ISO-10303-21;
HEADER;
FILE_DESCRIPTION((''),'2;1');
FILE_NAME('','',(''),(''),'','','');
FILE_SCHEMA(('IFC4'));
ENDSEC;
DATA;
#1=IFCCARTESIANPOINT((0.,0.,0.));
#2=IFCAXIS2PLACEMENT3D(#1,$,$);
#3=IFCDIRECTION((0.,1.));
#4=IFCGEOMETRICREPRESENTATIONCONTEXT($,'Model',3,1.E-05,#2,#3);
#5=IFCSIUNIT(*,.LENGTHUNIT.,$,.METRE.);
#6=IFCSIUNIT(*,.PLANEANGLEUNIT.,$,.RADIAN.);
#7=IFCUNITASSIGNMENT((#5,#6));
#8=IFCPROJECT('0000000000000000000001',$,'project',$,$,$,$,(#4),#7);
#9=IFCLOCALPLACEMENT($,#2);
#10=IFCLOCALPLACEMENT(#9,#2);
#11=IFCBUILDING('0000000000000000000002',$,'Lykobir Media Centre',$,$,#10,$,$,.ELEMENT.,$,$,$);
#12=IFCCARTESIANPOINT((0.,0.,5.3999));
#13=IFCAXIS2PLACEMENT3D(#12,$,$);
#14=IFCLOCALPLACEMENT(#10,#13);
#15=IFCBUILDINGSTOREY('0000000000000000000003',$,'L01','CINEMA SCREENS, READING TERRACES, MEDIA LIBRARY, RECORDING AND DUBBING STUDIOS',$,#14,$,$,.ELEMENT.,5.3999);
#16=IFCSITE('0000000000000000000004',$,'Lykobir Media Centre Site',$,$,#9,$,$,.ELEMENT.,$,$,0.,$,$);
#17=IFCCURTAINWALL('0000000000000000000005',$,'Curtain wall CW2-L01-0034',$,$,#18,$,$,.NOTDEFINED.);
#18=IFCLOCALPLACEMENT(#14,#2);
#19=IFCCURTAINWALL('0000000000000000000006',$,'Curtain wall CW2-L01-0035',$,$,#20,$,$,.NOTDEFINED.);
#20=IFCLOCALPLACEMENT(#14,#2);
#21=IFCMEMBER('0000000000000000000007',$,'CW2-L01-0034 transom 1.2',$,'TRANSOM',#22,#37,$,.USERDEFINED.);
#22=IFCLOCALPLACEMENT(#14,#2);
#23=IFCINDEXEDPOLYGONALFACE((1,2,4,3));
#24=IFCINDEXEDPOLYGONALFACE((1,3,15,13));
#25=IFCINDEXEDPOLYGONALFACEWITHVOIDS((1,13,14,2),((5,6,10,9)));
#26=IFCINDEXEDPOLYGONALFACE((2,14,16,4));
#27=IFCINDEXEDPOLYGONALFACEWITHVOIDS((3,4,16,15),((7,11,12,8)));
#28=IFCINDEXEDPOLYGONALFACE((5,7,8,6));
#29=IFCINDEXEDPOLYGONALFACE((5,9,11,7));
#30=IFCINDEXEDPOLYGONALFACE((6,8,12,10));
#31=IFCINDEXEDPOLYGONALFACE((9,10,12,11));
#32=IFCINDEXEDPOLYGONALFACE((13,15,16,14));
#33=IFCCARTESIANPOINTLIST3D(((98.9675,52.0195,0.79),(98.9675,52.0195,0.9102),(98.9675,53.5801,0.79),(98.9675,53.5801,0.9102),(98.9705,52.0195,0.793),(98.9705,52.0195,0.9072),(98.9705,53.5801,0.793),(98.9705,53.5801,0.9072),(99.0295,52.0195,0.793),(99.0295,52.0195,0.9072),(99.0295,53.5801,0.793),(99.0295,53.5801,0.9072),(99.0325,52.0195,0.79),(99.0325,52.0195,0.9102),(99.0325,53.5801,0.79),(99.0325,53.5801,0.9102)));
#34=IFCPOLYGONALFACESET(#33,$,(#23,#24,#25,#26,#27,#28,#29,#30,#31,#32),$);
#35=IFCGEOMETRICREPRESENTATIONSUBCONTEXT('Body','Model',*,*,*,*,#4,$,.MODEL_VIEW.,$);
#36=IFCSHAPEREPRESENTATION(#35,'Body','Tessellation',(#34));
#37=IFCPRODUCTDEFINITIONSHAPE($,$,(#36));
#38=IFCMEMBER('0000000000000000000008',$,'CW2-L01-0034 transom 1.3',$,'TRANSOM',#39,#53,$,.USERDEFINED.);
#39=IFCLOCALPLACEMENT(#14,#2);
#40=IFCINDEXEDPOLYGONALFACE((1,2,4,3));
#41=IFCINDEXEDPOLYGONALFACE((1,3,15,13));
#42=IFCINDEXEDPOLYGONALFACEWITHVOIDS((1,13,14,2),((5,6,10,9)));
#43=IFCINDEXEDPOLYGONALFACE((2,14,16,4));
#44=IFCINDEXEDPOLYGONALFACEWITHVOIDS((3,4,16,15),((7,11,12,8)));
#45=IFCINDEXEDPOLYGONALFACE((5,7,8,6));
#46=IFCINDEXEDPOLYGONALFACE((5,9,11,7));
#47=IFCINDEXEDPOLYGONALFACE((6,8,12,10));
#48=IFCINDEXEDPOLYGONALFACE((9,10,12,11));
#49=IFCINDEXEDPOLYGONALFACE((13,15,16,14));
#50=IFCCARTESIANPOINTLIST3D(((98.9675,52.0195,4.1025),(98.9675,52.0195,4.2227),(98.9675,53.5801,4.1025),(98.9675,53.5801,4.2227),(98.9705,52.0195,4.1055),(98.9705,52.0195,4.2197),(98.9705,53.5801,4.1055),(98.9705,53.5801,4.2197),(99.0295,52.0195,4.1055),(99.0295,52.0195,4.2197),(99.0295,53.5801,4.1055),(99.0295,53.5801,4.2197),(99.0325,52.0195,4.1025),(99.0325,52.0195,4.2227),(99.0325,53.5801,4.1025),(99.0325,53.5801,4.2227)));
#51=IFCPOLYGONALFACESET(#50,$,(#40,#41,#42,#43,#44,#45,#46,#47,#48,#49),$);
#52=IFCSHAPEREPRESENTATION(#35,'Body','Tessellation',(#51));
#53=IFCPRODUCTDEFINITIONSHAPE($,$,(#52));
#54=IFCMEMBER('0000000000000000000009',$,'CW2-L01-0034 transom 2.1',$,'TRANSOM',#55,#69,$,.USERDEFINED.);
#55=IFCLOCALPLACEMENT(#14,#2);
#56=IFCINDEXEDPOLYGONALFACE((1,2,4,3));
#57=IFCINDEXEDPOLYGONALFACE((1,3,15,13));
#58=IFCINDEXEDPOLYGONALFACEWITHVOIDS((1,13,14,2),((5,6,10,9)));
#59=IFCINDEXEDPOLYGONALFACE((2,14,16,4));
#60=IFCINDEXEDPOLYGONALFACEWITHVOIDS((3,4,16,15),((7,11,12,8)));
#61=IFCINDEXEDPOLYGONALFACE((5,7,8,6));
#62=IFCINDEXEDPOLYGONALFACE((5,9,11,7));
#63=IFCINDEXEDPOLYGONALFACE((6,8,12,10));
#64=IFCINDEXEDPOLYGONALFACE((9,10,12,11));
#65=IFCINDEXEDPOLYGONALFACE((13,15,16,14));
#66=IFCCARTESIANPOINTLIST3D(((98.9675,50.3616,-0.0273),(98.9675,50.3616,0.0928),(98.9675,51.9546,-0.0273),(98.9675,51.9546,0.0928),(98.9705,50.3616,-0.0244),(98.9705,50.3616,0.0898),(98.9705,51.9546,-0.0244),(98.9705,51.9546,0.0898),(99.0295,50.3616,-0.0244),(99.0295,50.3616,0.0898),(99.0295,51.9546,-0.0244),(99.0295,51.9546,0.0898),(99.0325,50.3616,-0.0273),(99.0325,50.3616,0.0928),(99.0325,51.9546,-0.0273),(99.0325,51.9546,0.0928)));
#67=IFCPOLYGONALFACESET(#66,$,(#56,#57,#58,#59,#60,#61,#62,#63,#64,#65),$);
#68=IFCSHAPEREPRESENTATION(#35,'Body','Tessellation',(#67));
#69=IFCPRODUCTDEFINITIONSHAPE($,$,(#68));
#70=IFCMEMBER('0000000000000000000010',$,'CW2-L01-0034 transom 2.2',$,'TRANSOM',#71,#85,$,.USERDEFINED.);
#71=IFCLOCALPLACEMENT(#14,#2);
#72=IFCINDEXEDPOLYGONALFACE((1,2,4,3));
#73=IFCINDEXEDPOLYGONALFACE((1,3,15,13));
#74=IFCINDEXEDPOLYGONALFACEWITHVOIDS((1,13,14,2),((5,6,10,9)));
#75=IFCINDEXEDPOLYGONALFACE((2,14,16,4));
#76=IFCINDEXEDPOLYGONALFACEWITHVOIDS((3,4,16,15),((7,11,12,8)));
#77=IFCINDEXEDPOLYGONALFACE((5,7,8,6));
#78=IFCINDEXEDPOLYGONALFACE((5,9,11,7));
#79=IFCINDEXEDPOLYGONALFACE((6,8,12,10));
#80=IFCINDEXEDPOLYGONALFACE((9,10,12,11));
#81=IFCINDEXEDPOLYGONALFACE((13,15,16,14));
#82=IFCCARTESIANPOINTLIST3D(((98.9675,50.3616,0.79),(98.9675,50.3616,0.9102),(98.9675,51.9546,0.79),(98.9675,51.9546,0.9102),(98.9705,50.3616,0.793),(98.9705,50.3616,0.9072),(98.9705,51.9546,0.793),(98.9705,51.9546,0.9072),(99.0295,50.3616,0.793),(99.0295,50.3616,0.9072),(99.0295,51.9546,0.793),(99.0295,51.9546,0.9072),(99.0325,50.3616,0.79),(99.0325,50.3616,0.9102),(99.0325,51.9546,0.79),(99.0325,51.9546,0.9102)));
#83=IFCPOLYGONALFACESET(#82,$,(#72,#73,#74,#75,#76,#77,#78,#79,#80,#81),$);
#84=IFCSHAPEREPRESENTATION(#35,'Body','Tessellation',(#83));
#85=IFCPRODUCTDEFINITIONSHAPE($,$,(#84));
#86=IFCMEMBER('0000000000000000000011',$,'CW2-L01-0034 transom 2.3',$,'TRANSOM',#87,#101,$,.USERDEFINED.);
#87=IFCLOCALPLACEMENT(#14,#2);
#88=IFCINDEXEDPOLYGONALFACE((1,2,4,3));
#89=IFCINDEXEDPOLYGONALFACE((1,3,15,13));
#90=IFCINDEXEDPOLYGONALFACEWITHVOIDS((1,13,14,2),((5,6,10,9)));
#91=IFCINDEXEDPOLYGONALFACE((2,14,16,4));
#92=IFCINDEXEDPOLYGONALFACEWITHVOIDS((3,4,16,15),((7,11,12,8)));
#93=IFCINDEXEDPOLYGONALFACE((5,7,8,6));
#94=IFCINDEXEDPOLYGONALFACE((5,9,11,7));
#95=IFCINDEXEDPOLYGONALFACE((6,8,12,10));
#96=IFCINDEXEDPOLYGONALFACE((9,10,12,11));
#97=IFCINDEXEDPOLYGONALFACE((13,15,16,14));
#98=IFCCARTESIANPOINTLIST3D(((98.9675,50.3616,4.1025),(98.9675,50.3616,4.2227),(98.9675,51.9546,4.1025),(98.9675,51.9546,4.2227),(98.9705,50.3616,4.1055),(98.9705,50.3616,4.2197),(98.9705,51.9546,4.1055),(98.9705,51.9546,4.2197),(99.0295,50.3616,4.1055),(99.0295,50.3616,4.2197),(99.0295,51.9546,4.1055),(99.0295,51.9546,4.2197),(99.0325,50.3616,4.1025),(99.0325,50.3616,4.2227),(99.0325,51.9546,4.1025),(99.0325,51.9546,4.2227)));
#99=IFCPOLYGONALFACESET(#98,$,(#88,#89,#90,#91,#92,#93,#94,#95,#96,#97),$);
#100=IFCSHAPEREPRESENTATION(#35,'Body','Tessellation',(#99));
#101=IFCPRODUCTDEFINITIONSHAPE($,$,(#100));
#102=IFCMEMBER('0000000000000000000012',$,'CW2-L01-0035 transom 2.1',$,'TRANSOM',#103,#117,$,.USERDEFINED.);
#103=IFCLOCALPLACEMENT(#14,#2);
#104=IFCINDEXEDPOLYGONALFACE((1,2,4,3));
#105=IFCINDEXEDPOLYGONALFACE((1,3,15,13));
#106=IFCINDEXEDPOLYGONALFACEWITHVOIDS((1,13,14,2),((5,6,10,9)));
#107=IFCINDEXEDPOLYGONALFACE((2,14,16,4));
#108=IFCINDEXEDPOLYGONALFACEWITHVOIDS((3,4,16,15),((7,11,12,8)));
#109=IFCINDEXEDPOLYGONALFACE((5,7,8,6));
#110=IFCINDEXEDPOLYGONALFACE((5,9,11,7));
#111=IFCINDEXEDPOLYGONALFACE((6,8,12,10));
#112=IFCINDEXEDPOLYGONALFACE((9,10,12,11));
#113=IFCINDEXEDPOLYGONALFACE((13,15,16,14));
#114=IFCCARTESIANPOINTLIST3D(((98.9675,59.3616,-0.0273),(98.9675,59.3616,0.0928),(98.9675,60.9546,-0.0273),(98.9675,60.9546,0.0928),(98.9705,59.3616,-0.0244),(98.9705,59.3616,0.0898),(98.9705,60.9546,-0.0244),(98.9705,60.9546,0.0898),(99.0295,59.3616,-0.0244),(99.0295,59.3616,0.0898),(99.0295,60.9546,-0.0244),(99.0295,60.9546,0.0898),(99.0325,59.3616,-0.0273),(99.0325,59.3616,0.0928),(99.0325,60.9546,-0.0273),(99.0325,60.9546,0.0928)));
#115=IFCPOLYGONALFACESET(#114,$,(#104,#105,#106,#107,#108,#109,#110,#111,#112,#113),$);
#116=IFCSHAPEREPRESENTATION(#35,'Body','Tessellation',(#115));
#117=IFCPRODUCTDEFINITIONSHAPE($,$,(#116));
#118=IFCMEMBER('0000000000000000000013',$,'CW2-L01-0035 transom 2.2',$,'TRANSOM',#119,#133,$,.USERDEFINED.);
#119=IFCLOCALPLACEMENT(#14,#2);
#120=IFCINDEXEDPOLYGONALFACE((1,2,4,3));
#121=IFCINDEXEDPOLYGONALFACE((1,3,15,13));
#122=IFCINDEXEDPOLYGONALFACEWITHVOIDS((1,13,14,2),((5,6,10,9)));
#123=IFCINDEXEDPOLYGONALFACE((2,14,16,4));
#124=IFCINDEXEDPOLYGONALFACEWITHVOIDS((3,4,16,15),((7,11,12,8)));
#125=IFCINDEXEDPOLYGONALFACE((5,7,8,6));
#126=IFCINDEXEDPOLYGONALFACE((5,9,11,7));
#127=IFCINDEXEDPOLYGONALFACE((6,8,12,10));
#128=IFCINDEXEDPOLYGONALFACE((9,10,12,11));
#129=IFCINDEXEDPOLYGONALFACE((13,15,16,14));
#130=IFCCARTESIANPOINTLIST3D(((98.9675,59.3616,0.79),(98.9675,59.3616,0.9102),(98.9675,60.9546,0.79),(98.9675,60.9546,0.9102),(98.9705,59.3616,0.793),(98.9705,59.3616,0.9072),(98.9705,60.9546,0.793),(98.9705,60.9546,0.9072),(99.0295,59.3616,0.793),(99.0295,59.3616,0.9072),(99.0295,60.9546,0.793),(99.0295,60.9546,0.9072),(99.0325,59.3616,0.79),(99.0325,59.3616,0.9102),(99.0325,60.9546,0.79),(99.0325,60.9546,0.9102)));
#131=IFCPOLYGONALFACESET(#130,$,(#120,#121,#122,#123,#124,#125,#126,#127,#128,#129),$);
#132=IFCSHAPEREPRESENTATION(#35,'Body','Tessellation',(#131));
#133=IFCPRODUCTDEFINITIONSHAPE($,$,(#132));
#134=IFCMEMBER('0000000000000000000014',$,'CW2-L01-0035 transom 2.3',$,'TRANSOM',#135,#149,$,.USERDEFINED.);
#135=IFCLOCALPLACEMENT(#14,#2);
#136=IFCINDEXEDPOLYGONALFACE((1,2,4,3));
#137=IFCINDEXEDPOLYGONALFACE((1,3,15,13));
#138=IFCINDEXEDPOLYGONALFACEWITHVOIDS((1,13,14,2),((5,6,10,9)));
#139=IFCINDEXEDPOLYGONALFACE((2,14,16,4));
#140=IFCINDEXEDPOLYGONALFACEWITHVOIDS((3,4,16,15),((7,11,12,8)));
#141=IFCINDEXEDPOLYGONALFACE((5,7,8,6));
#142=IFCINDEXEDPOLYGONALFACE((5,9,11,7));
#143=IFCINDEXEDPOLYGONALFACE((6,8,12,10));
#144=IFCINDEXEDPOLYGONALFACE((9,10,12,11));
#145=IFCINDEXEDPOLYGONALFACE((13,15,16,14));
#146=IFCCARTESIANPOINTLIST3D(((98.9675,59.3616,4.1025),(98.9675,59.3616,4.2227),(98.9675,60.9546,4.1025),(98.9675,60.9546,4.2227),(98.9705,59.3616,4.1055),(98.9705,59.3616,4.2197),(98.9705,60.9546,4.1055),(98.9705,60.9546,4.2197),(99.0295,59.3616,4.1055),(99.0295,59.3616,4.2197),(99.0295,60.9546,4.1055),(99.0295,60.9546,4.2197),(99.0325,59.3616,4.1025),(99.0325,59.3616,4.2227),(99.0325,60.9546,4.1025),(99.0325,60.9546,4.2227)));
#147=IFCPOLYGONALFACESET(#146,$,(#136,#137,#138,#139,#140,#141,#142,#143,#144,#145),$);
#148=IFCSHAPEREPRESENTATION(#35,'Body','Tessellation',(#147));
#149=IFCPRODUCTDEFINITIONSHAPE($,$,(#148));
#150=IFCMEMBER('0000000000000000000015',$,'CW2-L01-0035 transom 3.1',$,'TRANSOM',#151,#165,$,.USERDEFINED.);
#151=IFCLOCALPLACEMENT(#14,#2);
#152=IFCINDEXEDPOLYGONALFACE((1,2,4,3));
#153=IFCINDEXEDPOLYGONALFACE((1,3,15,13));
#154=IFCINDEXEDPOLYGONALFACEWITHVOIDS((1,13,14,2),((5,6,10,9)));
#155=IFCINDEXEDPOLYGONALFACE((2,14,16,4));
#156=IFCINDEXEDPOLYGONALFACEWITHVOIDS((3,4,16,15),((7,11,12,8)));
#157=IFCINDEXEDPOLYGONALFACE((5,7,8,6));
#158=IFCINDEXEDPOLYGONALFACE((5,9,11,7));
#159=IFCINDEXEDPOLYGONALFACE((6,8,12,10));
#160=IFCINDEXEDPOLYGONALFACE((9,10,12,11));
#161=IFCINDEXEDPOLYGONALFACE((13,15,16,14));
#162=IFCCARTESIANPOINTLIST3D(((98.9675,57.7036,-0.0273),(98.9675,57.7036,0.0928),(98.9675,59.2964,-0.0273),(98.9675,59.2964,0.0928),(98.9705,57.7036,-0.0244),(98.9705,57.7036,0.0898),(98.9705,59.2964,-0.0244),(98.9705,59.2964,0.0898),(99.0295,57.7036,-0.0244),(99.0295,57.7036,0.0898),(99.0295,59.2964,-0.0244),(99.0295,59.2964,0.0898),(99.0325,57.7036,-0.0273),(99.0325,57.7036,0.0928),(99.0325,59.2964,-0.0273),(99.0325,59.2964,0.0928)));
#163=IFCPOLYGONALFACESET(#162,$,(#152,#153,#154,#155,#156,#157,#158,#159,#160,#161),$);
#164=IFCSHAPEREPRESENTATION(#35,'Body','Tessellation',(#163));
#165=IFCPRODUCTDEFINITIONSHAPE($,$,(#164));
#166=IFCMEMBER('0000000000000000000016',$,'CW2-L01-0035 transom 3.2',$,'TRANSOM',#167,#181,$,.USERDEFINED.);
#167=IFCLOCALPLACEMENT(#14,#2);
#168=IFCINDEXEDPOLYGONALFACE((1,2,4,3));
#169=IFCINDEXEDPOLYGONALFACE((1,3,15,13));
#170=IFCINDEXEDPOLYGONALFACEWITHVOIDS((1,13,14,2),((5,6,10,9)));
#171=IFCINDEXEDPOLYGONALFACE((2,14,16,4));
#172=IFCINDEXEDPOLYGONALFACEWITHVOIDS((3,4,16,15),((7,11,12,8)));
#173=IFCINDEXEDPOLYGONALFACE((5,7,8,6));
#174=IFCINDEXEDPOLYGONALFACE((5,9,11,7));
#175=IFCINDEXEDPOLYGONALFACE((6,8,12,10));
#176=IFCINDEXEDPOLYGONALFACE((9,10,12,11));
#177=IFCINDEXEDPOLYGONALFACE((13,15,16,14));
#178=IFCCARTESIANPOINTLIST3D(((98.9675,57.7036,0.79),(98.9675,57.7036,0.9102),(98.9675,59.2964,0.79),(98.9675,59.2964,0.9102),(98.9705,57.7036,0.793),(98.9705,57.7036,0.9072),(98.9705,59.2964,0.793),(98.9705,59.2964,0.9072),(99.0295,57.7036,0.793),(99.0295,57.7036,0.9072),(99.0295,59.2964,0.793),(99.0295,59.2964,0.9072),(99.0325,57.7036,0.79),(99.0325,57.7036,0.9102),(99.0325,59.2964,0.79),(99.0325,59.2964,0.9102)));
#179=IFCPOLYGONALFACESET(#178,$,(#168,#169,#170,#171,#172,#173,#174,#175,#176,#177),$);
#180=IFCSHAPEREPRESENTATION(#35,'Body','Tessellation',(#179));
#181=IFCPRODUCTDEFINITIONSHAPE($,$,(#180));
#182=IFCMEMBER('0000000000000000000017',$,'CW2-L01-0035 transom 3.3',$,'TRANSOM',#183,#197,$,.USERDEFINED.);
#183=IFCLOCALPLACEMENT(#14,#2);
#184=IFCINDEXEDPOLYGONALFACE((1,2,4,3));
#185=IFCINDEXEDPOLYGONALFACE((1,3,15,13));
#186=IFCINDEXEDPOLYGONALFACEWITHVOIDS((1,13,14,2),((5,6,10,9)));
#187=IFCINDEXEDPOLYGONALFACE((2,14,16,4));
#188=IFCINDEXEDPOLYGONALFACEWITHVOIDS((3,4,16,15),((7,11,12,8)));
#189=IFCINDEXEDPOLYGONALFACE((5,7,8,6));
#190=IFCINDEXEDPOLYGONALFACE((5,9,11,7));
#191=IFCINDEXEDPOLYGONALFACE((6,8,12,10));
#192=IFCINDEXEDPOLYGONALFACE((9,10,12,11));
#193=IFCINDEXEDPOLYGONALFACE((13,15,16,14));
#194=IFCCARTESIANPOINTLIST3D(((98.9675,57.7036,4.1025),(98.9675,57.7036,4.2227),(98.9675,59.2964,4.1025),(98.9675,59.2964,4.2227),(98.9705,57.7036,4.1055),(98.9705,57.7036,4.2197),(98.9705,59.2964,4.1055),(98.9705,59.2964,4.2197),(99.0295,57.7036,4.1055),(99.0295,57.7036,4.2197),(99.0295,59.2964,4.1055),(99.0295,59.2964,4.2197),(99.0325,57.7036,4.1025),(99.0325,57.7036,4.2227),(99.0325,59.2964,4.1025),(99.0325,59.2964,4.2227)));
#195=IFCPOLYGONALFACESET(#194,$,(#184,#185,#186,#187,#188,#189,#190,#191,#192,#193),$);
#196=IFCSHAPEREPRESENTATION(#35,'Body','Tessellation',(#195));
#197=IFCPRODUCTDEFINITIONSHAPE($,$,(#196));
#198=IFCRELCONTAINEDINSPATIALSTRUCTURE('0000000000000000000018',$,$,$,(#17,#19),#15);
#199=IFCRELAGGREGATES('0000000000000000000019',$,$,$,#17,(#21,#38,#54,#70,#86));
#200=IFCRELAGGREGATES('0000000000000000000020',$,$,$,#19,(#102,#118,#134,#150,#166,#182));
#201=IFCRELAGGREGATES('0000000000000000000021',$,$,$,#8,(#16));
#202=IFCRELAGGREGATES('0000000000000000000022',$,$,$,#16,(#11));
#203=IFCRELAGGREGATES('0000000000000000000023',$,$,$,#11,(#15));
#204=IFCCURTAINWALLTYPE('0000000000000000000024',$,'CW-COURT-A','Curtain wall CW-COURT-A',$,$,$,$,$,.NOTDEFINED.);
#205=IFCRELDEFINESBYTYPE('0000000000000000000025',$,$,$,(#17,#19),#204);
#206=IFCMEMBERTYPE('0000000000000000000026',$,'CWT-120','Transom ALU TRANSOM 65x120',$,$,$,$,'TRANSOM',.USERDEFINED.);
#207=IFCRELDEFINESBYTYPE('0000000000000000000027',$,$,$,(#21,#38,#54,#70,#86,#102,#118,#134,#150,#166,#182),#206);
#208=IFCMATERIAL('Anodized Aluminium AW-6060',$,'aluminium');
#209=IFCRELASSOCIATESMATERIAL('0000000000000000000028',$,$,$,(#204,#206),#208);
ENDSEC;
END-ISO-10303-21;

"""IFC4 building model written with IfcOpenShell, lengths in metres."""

from ifc_helpers import new_model, si_unit, direction, frame, origin, origin_2d, place, context, subcontext, project, spatial, hollow_rectangle, extrude, material, material_profile, profile_set, type_object, element, aggregate, save


model = new_model("IFC4")

# Units and contexts
model_context = context("Model", 3, precision=1e-05, world=origin(), true_north=direction((0.0, 1.0)))
body_context = subcontext(model_context, "Body", "Model", "MODEL_VIEW")
ifc_project = project(units=[si_unit("LENGTHUNIT", "METRE"), si_unit("PLANEANGLEUNIT", "RADIAN")], contexts=[model_context])

# Site, building, storey
site_placement = place(None, origin())
site = spatial("IfcSite", under=ifc_project, at=site_placement, Name="Lykobir Media Centre Site", CompositionType="ELEMENT", RefElevation=0.0)
building_placement = place(site_placement, origin())
building = spatial("IfcBuilding", under=site, at=building_placement, Name="Lykobir Media Centre", CompositionType="ELEMENT")
storey_placement = place(building_placement, frame((0.0, 0.0, 5.3999)))
storey = spatial("IfcBuildingStorey", under=building, at=storey_placement, Name="L01", Description="CINEMA SCREENS, READING TERRACES, MEDIA LIBRARY, RECORDING AND DUBBING STUDIOS", CompositionType="ELEMENT", Elevation=5.3999)

# Curtain walls
ifc_material_1 = material(Name="Anodized Aluminium AW-6060", Category="aluminium")
curtain_wall_type = type_object("IfcCurtainWallType", Name="CW-COURT-A", Description="Curtain wall CW-COURT-A", PredefinedType="NOTDEFINED", material=ifc_material_1)
curtain_wall_1_placement = place(storey_placement, origin())
curtain_wall_1 = element("IfcCurtainWall", 1, at=curtain_wall_1_placement, inside=storey, type_object=curtain_wall_type, Name="Curtain wall CW2-L01-0034", PredefinedType="NOTDEFINED")
curtain_wall_2_placement = place(storey_placement, origin())
curtain_wall_2 = element("IfcCurtainWall", 2, at=curtain_wall_2_placement, inside=storey, type_object=curtain_wall_type, Name="Curtain wall CW2-L01-0035", PredefinedType="NOTDEFINED")

# Members
ifc_material_profile_1 = material_profile(ifc_material_1, hollow_rectangle(XDim=0.0649, YDim=0.1201, WallThickness=0.0029, at=origin_2d()), Name="ALU TRANSOM 65x120")
ifc_profile_set_1 = profile_set([ifc_material_profile_1], Name="Anodized Aluminium AW-6060")
member_type_1 = type_object("IfcMemberType", Name="CWT-120", Description="Transom ALU TRANSOM 65x120", ElementType="TRANSOM", PredefinedType="USERDEFINED", material=ifc_profile_set_1)
member_1_placement = place(storey_placement, frame((99.0, 53.5801, 0.8501), z_axis=(0.0, -1.0, 0.0), x_axis=(1.0, 0.0, 0.0)))
member_1 = element("IfcMember", 3, at=member_1_placement, type_object=member_type_1, Name="CW2-L01-0034 transom 1.2", ObjectType="TRANSOM", PredefinedType="USERDEFINED", context=body_context, shape_type="SweptSolid", body=[
    extrude(hollow_rectangle(XDim=0.0649, YDim=0.1201, WallThickness=0.0029, at=origin_2d()), origin(), (0.0, 0.0, 1.0), 1.5605),
])
member_2_placement = place(storey_placement, frame((99.0, 53.5801, 4.1626), z_axis=(0.0, -1.0, 0.0), x_axis=(1.0, 0.0, 0.0)))
member_2 = element("IfcMember", 4, at=member_2_placement, type_object=member_type_1, Name="CW2-L01-0034 transom 1.3", ObjectType="TRANSOM", PredefinedType="USERDEFINED", context=body_context, shape_type="SweptSolid", body=[
    extrude(hollow_rectangle(XDim=0.0649, YDim=0.1201, WallThickness=0.0029, at=origin_2d()), origin(), (0.0, 0.0, 1.0), 1.5605),
])
member_3_placement = place(storey_placement, frame((99.0, 51.9546, 0.0327), z_axis=(0.0, -1.0, 0.0), x_axis=(1.0, 0.0, 0.0)))
member_3 = element("IfcMember", 5, at=member_3_placement, type_object=member_type_1, Name="CW2-L01-0034 transom 2.1", ObjectType="TRANSOM", PredefinedType="USERDEFINED", context=body_context, shape_type="SweptSolid", body=[
    extrude(hollow_rectangle(XDim=0.0649, YDim=0.1201, WallThickness=0.0029, at=origin_2d()), origin(), (0.0, 0.0, 1.0), 1.593),
])
member_4_placement = place(storey_placement, frame((99.0, 51.9546, 0.8501), z_axis=(0.0, -1.0, 0.0), x_axis=(1.0, 0.0, 0.0)))
member_4 = element("IfcMember", 6, at=member_4_placement, type_object=member_type_1, Name="CW2-L01-0034 transom 2.2", ObjectType="TRANSOM", PredefinedType="USERDEFINED", context=body_context, shape_type="SweptSolid", body=[
    extrude(hollow_rectangle(XDim=0.0649, YDim=0.1201, WallThickness=0.0029, at=origin_2d()), origin(), (0.0, 0.0, 1.0), 1.593),
])
member_5_placement = place(storey_placement, frame((99.0, 51.9546, 4.1626), z_axis=(0.0, -1.0, 0.0), x_axis=(1.0, 0.0, 0.0)))
member_5 = element("IfcMember", 7, at=member_5_placement, type_object=member_type_1, Name="CW2-L01-0034 transom 2.3", ObjectType="TRANSOM", PredefinedType="USERDEFINED", context=body_context, shape_type="SweptSolid", body=[
    extrude(hollow_rectangle(XDim=0.0649, YDim=0.1201, WallThickness=0.0029, at=origin_2d()), origin(), (0.0, 0.0, 1.0), 1.593),
])
member_6_placement = place(storey_placement, frame((99.0, 60.9546, 0.0327), z_axis=(0.0, -1.0, 0.0), x_axis=(1.0, 0.0, 0.0)))
member_6 = element("IfcMember", 8, at=member_6_placement, type_object=member_type_1, Name="CW2-L01-0035 transom 2.1", ObjectType="TRANSOM", PredefinedType="USERDEFINED", context=body_context, shape_type="SweptSolid", body=[
    extrude(hollow_rectangle(XDim=0.0649, YDim=0.1201, WallThickness=0.0029, at=origin_2d()), origin(), (0.0, 0.0, 1.0), 1.593),
])
member_7_placement = place(storey_placement, frame((99.0, 60.9546, 0.8501), z_axis=(0.0, -1.0, 0.0), x_axis=(1.0, 0.0, 0.0)))
member_7 = element("IfcMember", 9, at=member_7_placement, type_object=member_type_1, Name="CW2-L01-0035 transom 2.2", ObjectType="TRANSOM", PredefinedType="USERDEFINED", context=body_context, shape_type="SweptSolid", body=[
    extrude(hollow_rectangle(XDim=0.0649, YDim=0.1201, WallThickness=0.0029, at=origin_2d()), origin(), (0.0, 0.0, 1.0), 1.593),
])
member_8_placement = place(storey_placement, frame((99.0, 60.9546, 4.1626), z_axis=(0.0, -1.0, 0.0), x_axis=(1.0, 0.0, 0.0)))
member_8 = element("IfcMember", 10, at=member_8_placement, type_object=member_type_1, Name="CW2-L01-0035 transom 2.3", ObjectType="TRANSOM", PredefinedType="USERDEFINED", context=body_context, shape_type="SweptSolid", body=[
    extrude(hollow_rectangle(XDim=0.0649, YDim=0.1201, WallThickness=0.0029, at=origin_2d()), origin(), (0.0, 0.0, 1.0), 1.593),
])
member_9_placement = place(storey_placement, frame((99.0, 59.2964, 0.0327), z_axis=(0.0, -1.0, 0.0), x_axis=(1.0, 0.0, 0.0)))
member_9 = element("IfcMember", 11, at=member_9_placement, type_object=member_type_1, Name="CW2-L01-0035 transom 3.1", ObjectType="TRANSOM", PredefinedType="USERDEFINED", context=body_context, shape_type="SweptSolid", body=[
    extrude(hollow_rectangle(XDim=0.0649, YDim=0.1201, WallThickness=0.0029, at=origin_2d()), origin(), (0.0, 0.0, 1.0), 1.5928),
])
member_10_placement = place(storey_placement, frame((99.0, 59.2964, 0.8501), z_axis=(0.0, -1.0, 0.0), x_axis=(1.0, 0.0, 0.0)))
member_10 = element("IfcMember", 12, at=member_10_placement, type_object=member_type_1, Name="CW2-L01-0035 transom 3.2", ObjectType="TRANSOM", PredefinedType="USERDEFINED", context=body_context, shape_type="SweptSolid", body=[
    extrude(hollow_rectangle(XDim=0.0649, YDim=0.1201, WallThickness=0.0029, at=origin_2d()), origin(), (0.0, 0.0, 1.0), 1.5928),
])
member_11_placement = place(storey_placement, frame((99.0, 59.2964, 4.1626), z_axis=(0.0, -1.0, 0.0), x_axis=(1.0, 0.0, 0.0)))
member_11 = element("IfcMember", 13, at=member_11_placement, type_object=member_type_1, Name="CW2-L01-0035 transom 3.3", ObjectType="TRANSOM", PredefinedType="USERDEFINED", context=body_context, shape_type="SweptSolid", body=[
    extrude(hollow_rectangle(XDim=0.0649, YDim=0.1201, WallThickness=0.0029, at=origin_2d()), origin(), (0.0, 0.0, 1.0), 1.5928),
])

aggregate(curtain_wall_1, [member_1, member_2, member_3, member_4, member_5])
aggregate(curtain_wall_2, [member_6, member_7, member_8, member_9, member_10, member_11])

save(model, "model.ifc")
